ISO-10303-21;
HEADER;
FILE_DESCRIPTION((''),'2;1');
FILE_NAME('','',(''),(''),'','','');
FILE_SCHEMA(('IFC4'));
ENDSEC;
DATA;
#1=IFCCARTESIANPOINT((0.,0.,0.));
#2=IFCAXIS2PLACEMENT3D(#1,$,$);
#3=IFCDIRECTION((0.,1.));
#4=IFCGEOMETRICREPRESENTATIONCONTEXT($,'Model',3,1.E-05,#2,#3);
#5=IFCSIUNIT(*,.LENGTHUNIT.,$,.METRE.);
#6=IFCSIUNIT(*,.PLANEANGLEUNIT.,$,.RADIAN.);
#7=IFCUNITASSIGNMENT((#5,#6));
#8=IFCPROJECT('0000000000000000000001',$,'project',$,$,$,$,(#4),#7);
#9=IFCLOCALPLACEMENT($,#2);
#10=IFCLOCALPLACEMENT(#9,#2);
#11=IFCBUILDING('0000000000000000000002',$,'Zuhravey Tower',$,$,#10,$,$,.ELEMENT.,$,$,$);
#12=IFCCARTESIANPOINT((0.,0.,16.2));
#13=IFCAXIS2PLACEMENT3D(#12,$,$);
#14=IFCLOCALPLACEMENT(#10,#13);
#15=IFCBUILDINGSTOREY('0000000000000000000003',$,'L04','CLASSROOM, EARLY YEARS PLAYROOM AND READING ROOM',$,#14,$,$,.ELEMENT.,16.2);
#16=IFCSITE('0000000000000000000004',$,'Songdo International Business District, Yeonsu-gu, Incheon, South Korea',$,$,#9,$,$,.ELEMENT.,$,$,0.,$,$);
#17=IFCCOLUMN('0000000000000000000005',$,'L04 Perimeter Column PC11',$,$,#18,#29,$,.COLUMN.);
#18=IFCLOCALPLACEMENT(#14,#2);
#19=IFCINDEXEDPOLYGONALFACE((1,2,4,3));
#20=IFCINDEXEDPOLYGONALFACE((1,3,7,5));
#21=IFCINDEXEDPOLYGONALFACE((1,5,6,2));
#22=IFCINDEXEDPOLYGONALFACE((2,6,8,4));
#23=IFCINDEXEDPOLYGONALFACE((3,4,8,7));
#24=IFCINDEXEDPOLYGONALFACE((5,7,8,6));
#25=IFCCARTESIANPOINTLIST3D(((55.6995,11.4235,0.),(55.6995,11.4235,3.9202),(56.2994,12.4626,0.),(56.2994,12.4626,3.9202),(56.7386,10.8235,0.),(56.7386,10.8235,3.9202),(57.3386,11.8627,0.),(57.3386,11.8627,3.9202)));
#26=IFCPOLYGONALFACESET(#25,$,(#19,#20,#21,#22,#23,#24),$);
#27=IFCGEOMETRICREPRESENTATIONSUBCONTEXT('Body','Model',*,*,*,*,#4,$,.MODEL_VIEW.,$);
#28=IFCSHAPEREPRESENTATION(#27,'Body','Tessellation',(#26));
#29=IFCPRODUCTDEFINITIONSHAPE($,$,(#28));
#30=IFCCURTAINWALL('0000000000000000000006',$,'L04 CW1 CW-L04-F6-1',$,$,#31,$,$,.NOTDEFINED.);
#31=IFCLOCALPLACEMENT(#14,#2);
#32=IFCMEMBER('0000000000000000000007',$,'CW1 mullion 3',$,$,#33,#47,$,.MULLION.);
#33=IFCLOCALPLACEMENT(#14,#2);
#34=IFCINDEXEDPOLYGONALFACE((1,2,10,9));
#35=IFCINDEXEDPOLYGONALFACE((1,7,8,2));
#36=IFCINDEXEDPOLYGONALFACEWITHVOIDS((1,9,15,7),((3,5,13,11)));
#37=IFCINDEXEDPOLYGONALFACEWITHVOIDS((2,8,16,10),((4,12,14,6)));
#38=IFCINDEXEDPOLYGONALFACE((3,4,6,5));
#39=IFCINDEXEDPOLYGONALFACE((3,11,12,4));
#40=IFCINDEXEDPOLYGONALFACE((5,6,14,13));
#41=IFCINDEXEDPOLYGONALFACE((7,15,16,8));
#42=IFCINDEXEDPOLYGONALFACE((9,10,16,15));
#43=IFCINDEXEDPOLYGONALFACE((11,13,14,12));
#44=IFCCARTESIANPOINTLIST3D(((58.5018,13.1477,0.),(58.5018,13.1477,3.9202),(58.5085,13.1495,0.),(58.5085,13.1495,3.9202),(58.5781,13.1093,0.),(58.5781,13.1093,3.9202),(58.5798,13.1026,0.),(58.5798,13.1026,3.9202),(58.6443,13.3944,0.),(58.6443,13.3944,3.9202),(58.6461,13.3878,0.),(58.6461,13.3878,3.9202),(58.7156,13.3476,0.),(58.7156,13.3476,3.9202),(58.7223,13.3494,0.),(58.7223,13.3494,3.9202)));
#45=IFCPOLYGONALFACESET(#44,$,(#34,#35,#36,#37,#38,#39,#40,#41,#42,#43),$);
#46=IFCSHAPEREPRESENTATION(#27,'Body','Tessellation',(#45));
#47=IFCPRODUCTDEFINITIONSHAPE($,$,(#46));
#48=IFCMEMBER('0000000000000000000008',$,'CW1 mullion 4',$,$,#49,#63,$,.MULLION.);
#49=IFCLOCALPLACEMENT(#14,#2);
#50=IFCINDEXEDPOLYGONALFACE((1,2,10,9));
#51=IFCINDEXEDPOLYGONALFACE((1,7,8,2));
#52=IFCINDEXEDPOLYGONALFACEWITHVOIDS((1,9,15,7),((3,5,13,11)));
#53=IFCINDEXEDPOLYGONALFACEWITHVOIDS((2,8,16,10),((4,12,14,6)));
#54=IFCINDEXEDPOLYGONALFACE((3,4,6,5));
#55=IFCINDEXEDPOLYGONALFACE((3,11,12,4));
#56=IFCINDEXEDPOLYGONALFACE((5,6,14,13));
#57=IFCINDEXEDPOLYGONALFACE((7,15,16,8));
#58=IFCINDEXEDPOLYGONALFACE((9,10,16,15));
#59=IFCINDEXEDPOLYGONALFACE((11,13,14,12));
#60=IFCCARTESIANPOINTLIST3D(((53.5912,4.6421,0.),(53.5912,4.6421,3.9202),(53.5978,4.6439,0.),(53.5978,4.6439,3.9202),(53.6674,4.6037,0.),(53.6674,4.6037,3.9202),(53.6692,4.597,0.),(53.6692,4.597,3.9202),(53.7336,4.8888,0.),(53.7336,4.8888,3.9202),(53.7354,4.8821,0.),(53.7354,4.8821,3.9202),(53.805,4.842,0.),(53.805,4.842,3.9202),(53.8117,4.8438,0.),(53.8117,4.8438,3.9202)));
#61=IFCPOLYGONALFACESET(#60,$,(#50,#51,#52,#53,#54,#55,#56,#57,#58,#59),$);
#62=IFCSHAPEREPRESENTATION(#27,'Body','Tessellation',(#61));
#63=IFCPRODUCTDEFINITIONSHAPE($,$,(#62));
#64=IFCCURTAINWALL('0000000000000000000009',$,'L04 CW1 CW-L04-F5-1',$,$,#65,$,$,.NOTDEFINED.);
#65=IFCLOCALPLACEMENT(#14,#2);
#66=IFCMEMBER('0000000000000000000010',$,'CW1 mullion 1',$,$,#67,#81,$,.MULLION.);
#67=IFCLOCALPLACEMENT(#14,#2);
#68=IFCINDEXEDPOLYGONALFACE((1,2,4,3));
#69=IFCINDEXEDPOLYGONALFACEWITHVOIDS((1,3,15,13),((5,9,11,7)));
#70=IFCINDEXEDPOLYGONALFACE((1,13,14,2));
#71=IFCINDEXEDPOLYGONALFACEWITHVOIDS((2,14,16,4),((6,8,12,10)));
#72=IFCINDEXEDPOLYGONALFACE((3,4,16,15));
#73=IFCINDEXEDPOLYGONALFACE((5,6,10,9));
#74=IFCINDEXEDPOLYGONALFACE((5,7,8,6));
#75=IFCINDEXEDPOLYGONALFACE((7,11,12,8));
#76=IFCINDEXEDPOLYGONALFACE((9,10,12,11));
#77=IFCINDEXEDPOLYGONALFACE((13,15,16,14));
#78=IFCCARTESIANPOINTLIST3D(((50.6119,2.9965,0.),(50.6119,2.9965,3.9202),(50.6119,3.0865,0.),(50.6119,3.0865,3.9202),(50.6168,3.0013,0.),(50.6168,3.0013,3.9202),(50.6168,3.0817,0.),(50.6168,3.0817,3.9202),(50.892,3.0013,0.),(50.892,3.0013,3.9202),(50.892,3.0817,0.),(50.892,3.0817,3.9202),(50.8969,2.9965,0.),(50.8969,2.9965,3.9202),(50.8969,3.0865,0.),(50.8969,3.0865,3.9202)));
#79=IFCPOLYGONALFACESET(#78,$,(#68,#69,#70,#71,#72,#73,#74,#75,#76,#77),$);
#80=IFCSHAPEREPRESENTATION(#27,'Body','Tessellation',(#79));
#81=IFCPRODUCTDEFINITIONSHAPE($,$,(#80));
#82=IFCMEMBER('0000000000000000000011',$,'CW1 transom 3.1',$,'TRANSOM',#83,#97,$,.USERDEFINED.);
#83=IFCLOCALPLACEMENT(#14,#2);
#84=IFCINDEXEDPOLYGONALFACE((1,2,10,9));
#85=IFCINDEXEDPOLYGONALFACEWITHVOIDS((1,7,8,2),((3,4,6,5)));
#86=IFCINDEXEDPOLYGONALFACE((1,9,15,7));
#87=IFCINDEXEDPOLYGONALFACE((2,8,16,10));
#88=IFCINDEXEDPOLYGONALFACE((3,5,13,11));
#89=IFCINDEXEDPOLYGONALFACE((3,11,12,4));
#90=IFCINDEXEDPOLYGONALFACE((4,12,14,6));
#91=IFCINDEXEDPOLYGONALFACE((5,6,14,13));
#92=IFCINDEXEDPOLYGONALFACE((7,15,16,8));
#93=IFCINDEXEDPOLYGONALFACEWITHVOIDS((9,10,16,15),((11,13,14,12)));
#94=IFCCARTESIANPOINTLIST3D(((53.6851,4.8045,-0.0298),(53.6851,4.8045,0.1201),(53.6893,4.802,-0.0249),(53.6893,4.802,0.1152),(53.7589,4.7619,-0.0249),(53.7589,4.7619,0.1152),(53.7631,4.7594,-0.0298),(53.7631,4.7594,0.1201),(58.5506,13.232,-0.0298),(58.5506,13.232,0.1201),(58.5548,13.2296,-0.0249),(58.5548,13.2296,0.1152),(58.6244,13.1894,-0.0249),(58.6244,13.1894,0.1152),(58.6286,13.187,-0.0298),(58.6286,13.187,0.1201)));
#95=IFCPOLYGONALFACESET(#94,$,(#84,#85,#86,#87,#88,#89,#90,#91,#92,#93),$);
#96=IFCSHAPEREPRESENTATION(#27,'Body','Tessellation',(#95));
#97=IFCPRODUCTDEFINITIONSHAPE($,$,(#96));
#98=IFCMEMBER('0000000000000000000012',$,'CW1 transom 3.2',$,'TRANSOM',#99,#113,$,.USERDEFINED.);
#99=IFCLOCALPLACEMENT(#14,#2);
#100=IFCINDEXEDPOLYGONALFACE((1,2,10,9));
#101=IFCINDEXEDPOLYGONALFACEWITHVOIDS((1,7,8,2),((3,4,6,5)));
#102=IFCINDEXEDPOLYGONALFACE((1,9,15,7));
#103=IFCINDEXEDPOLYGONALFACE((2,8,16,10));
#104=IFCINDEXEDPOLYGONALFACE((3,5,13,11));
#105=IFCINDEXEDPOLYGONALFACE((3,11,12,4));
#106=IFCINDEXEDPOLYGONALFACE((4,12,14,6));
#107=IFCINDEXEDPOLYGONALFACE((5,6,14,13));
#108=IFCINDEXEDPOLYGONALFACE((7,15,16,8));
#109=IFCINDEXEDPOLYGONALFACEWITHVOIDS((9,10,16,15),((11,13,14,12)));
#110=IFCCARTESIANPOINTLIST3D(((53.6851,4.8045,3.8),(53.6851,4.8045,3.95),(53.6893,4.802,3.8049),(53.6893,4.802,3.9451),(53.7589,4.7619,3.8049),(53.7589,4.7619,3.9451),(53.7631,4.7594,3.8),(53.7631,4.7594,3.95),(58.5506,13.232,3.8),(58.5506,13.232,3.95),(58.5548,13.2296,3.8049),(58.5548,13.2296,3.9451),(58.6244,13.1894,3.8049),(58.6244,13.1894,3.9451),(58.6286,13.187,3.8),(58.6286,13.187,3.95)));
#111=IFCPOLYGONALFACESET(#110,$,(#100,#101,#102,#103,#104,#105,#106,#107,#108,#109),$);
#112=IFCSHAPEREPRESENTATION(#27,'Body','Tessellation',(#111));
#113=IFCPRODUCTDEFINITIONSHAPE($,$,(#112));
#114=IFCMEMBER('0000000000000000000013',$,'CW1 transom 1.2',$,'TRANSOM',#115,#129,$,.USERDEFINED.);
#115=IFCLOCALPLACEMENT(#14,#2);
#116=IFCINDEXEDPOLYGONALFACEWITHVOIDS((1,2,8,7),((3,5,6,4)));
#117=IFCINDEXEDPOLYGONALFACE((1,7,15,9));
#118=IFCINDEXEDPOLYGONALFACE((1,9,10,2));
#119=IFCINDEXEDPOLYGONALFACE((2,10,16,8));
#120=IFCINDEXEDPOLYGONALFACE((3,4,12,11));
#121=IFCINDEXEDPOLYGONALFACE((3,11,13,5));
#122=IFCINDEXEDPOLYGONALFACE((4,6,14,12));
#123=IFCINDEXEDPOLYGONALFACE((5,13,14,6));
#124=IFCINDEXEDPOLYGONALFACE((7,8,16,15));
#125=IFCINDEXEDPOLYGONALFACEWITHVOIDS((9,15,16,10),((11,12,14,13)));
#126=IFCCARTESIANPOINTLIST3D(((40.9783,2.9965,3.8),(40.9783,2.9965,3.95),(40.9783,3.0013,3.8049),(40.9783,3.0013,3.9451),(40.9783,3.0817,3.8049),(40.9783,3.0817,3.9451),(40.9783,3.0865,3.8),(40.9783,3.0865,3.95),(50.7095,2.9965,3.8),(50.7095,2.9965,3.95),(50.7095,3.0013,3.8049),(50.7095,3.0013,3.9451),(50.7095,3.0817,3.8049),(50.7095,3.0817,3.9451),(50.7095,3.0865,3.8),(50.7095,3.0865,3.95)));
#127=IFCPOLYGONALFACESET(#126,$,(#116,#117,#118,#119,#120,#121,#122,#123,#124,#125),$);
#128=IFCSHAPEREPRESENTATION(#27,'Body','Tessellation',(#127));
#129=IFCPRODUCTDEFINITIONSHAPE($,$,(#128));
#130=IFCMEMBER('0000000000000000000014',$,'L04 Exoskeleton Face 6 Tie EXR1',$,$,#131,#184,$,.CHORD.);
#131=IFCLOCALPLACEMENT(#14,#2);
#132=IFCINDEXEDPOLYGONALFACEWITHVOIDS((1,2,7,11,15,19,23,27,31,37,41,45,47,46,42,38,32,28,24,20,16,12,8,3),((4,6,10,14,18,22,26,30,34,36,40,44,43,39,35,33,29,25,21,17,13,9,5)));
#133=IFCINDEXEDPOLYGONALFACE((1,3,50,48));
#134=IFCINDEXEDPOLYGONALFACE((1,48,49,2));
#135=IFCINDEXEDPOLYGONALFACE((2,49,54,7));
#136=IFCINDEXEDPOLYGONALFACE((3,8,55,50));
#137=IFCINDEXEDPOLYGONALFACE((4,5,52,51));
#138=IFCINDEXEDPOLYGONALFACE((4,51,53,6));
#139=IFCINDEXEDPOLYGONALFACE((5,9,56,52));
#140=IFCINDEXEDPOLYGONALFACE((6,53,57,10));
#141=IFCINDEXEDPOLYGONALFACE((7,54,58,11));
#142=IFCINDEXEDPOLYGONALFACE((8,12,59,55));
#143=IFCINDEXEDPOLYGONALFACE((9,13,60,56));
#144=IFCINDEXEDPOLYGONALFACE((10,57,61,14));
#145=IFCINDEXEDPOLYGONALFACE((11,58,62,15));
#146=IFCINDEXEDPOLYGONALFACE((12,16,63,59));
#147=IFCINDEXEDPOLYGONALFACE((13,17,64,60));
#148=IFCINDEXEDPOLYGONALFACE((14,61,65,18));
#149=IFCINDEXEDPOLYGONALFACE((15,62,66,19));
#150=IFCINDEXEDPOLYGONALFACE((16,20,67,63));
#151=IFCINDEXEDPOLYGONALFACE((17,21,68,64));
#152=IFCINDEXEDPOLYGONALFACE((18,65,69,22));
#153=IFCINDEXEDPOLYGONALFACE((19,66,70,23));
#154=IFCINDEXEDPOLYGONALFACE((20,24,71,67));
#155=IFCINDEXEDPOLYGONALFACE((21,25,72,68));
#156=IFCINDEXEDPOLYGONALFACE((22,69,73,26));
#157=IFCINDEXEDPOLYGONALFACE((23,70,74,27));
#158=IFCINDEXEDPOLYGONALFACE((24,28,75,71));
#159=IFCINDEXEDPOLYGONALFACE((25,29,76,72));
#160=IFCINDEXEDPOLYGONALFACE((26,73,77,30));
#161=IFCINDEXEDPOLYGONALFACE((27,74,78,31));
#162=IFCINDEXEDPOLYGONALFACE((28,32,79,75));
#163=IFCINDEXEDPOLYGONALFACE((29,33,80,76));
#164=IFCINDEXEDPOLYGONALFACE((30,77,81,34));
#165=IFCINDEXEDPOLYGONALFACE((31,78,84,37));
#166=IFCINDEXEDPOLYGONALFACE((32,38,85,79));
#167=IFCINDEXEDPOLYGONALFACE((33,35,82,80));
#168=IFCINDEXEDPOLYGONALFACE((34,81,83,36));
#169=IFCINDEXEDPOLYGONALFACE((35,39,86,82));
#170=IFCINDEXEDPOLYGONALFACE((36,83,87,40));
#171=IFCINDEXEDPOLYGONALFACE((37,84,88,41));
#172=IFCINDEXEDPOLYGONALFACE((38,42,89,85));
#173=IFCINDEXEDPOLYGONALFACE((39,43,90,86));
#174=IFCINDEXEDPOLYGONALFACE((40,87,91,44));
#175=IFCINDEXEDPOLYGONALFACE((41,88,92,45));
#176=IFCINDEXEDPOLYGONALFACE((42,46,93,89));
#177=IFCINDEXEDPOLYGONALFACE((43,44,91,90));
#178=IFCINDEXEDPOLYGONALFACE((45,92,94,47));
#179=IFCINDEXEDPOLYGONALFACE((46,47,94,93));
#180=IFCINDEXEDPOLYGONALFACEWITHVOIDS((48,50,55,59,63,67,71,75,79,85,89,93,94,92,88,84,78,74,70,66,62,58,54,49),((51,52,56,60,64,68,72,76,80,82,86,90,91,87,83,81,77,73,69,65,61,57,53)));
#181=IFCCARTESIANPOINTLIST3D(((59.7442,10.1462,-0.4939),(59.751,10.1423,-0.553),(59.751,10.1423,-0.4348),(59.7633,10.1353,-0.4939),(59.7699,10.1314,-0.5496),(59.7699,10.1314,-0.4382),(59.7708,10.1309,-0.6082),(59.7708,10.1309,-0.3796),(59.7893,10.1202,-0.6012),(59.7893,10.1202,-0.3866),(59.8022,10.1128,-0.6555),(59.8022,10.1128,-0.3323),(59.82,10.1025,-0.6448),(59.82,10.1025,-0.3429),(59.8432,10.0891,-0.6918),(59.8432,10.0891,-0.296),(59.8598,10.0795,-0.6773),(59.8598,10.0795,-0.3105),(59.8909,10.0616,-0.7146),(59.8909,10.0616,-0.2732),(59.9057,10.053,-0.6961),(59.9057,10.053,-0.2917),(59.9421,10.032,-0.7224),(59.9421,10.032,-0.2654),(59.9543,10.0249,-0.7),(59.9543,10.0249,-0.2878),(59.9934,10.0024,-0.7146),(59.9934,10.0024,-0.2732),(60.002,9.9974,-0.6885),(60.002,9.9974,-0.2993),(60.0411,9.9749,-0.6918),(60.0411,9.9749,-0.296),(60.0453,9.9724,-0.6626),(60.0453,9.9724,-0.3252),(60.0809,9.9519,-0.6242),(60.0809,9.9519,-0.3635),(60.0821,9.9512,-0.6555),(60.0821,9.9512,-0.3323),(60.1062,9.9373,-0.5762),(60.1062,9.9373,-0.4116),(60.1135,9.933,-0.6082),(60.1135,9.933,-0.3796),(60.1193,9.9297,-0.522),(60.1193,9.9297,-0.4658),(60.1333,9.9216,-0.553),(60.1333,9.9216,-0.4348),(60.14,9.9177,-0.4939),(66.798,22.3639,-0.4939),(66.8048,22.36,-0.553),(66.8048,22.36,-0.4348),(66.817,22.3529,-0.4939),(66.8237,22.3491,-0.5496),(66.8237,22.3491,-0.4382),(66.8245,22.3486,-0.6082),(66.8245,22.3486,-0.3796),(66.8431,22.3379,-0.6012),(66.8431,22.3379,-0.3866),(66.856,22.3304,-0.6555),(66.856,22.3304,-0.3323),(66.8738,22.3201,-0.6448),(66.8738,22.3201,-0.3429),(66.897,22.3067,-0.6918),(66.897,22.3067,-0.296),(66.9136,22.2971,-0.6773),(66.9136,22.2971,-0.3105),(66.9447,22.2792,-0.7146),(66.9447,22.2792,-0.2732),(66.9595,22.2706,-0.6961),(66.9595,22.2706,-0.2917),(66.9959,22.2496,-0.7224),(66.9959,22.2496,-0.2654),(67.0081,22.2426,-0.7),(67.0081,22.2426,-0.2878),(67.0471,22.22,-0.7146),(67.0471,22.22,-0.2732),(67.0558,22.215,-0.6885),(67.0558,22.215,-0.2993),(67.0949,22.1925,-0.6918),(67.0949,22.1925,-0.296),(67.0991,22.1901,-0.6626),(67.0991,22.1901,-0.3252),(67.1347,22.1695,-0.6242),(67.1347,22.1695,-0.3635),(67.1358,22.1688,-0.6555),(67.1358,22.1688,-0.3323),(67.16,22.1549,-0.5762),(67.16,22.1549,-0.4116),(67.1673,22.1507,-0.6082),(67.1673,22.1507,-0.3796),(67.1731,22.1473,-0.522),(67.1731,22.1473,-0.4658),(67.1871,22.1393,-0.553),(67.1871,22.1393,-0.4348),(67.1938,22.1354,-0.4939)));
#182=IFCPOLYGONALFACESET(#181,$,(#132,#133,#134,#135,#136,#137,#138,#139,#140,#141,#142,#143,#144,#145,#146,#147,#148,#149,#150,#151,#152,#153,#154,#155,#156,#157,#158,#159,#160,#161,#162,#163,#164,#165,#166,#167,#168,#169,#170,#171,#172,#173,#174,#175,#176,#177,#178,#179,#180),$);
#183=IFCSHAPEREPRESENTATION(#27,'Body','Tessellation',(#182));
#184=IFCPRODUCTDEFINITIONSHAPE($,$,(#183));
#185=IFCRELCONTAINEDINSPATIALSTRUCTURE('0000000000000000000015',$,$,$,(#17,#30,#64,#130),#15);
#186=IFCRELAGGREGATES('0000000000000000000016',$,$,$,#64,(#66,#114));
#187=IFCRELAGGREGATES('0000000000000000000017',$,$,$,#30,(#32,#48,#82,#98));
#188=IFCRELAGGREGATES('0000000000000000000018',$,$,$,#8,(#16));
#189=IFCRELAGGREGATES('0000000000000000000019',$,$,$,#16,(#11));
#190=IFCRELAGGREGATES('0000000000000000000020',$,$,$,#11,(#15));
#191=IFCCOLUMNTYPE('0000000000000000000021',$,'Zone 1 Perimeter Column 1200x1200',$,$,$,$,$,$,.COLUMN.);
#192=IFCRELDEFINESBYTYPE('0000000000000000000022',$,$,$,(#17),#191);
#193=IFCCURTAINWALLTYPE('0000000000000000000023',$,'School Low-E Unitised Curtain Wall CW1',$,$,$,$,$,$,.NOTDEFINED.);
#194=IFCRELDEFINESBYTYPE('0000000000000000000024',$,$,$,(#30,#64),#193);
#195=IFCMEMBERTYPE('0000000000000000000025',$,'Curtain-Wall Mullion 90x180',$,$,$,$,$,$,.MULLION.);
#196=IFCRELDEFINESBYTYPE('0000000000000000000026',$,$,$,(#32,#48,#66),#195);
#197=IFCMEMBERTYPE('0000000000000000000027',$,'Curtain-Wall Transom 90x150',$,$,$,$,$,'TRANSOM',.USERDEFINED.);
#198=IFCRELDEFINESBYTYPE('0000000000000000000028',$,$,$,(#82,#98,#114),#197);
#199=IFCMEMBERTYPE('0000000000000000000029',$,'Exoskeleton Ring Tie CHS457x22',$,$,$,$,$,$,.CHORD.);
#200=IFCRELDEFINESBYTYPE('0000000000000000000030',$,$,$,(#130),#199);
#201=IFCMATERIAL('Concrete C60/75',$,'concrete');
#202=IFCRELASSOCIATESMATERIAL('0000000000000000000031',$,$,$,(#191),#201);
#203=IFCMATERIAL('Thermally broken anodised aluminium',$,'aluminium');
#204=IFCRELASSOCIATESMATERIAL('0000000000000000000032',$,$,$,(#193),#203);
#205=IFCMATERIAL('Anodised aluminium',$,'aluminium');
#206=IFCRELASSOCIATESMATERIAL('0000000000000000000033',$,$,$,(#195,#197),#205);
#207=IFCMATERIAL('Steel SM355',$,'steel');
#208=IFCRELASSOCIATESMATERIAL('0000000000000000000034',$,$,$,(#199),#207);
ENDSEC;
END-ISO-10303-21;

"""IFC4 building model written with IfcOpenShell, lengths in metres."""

from ifc_helpers import new_model, si_unit, direction, frame, origin, origin_2d, place, context, subcontext, project, spatial, rectangle, hollow_rectangle, hollow_circle, extrude, material, material_profile, profile_set, type_object, element, aggregate, save


model = new_model("IFC4")

# Units and contexts
model_context = context("Model", 3, precision=1e-05, world=origin(), true_north=direction((0.0, 1.0)))
body_context = subcontext(model_context, "Body", "Model", "MODEL_VIEW")
ifc_project = project(units=[si_unit("LENGTHUNIT", "METRE"), si_unit("PLANEANGLEUNIT", "RADIAN")], contexts=[model_context])

# Site, building, storey
site_placement = place(None, origin())
site = spatial("IfcSite", under=ifc_project, at=site_placement, Name="Songdo International Business District, Yeonsu-gu, Incheon, South Korea", CompositionType="ELEMENT", RefElevation=0.0)
building_placement = place(site_placement, origin())
building = spatial("IfcBuilding", under=site, at=building_placement, Name="Zuhravey Tower", CompositionType="ELEMENT")
storey_placement = place(building_placement, frame((0.0, 0.0, 16.2)))
storey = spatial("IfcBuildingStorey", under=building, at=storey_placement, Name="L04", Description="CLASSROOM, EARLY YEARS PLAYROOM AND READING ROOM", CompositionType="ELEMENT", Elevation=16.2)

# Column
ifc_material_1 = material(Name="Concrete C60/75", Category="concrete")
ifc_material_profile_1 = material_profile(ifc_material_1, rectangle(XDim=1.2, YDim=1.2, at=origin_2d()), Name="RC-1200x1200")
ifc_profile_set_1 = profile_set([ifc_material_profile_1], Name="Concrete C60/75")
column_type = type_object("IfcColumnType", Name="Zone 1 Perimeter Column 1200x1200", PredefinedType="COLUMN", material=ifc_profile_set_1)
column_placement = place(storey_placement, frame((56.519, 11.6431, 0.0), z_axis=(0.0, 0.0, 1.0), x_axis=(0.5, 0.866025, 0.0)))
element("IfcColumn", 1, at=column_placement, inside=storey, type_object=column_type, Name="L04 Perimeter Column PC11", PredefinedType="COLUMN", context=body_context, shape_type="SweptSolid", body=[
    extrude(rectangle(XDim=1.2, YDim=1.2, at=origin_2d()), origin(), (0.0, 0.0, 1.0), 3.9202),
])

# Curtain wall, members
ifc_material_2 = material(Name="Thermally broken anodised aluminium", Category="aluminium")
curtain_wall_type = type_object("IfcCurtainWallType", Name="School Low-E Unitised Curtain Wall CW1", PredefinedType="NOTDEFINED", material=ifc_material_2)
curtain_wall_1_placement = place(storey_placement, origin())
curtain_wall_1 = element("IfcCurtainWall", 2, at=curtain_wall_1_placement, inside=storey, type_object=curtain_wall_type, Name="L04 CW1 CW-L04-F6-1", PredefinedType="NOTDEFINED")
ifc_material_3 = material(Name="Anodised aluminium", Category="aluminium")
ifc_material_profile_2 = material_profile(ifc_material_3, hollow_rectangle(XDim=0.0901, YDim=0.2849, WallThickness=0.0049, at=origin_2d()), Name="ALU-RHS-90x285x5")
ifc_profile_set_2 = profile_set([ifc_material_profile_2], Name="Anodised aluminium")
member_type_1 = type_object("IfcMemberType", Name="Curtain-Wall Mullion 90x180", PredefinedType="MULLION", material=ifc_profile_set_2)
member_1_placement = place(storey_placement, frame((58.6121, 13.2485, 0.0), z_axis=(0.0, 0.0, 1.0), x_axis=(0.866026, -0.5, 0.0)))
member_1 = element("IfcMember", 3, at=member_1_placement, type_object=member_type_1, Name="CW1 mullion 3", PredefinedType="MULLION", context=body_context, shape_type="SweptSolid", body=[
    extrude(hollow_rectangle(XDim=0.0901, YDim=0.2849, WallThickness=0.0049, at=origin_2d()), origin(), (0.0, 0.0, 1.0), 3.9202),
])
member_2_placement = place(storey_placement, frame((53.7014, 4.7429, 0.0), z_axis=(0.0, 0.0, 1.0), x_axis=(0.866026, -0.5, 0.0)))
member_2 = element("IfcMember", 4, at=member_2_placement, type_object=member_type_1, Name="CW1 mullion 4", PredefinedType="MULLION", context=body_context, shape_type="SweptSolid", body=[
    extrude(hollow_rectangle(XDim=0.0901, YDim=0.2849, WallThickness=0.0049, at=origin_2d()), origin(), (0.0, 0.0, 1.0), 3.9202),
])

# Curtain wall, member
curtain_wall_2_placement = place(storey_placement, origin())
curtain_wall_2 = element("IfcCurtainWall", 5, at=curtain_wall_2_placement, inside=storey, type_object=curtain_wall_type, Name="L04 CW1 CW-L04-F5-1", PredefinedType="NOTDEFINED")
member_3_placement = place(storey_placement, frame((50.7544, 3.0415, 0.0), z_axis=(0.0, 0.0, 1.0), x_axis=(0.0, -1.0, 0.0)))
member_3 = element("IfcMember", 6, at=member_3_placement, type_object=member_type_1, Name="CW1 mullion 1", PredefinedType="MULLION", context=body_context, shape_type="SweptSolid", body=[
    extrude(hollow_rectangle(XDim=0.0901, YDim=0.2849, WallThickness=0.0049, at=origin_2d()), origin(), (0.0, 0.0, 1.0), 3.9202),
])

# Members
ifc_material_profile_3 = material_profile(ifc_material_3, hollow_rectangle(XDim=0.0901, YDim=0.1499, WallThickness=0.0049, at=origin_2d()), Name="ALU-RHS-90x150x5")
ifc_profile_set_3 = profile_set([ifc_material_profile_3], Name="Anodised aluminium")
member_type_2 = type_object("IfcMemberType", Name="Curtain-Wall Transom 90x150", ElementType="TRANSOM", PredefinedType="USERDEFINED", material=ifc_profile_set_3)
member_4_placement = place(storey_placement, frame((58.5896, 13.2095, 0.0452), z_axis=(-0.49999, -0.866031, 0.0), x_axis=(0.866031, -0.49999, 0.0)))
member_4 = element("IfcMember", 7, at=member_4_placement, type_object=member_type_2, Name="CW1 transom 3.1", ObjectType="TRANSOM", PredefinedType="USERDEFINED", context=body_context, shape_type="SweptSolid", body=[
    extrude(hollow_rectangle(XDim=0.0901, YDim=0.1499, WallThickness=0.0049, at=origin_2d()), origin(), (0.0, 0.0, 1.0), 9.7312),
])
member_5_placement = place(storey_placement, frame((58.5896, 13.2095, 3.875), z_axis=(-0.49999, -0.866031, 0.0), x_axis=(0.866031, -0.49999, 0.0)))
member_5 = element("IfcMember", 8, at=member_5_placement, type_object=member_type_2, Name="CW1 transom 3.2", ObjectType="TRANSOM", PredefinedType="USERDEFINED", context=body_context, shape_type="SweptSolid", body=[
    extrude(hollow_rectangle(XDim=0.0901, YDim=0.1499, WallThickness=0.0049, at=origin_2d()), origin(), (0.0, 0.0, 1.0), 9.7312),
])
member_6_placement = place(storey_placement, frame((50.7095, 3.0415, 3.875), z_axis=(-1.0, 0.0, 0.0), x_axis=(0.0, -1.0, 0.0)))
member_6 = element("IfcMember", 9, at=member_6_placement, type_object=member_type_2, Name="CW1 transom 1.2", ObjectType="TRANSOM", PredefinedType="USERDEFINED", context=body_context, shape_type="SweptSolid", body=[
    extrude(hollow_rectangle(XDim=0.0901, YDim=0.1499, WallThickness=0.0049, at=origin_2d()), origin(), (0.0, 0.0, 1.0), 9.7312),
])
aggregate(curtain_wall_2, [member_3, member_6])

# Member
ifc_material_4 = material(Name="Steel SM355", Category="steel")
ifc_material_profile_4 = material_profile(ifc_material_4, hollow_circle(Radius=0.2285, WallThickness=0.022, at=origin_2d()), Name="CHS-457.2x22")
ifc_profile_set_4 = profile_set([ifc_material_profile_4], Name="Steel SM355")
member_type_3 = type_object("IfcMemberType", Name="Exoskeleton Ring Tie CHS457x22", PredefinedType="CHORD", material=ifc_profile_set_4)
member_7_placement = place(storey_placement, frame((59.9421, 10.032, -0.4939), z_axis=(0.499996, 0.866028, 0.0), x_axis=(-0.866028, 0.499996, 0.0)))
element("IfcMember", 10, at=member_7_placement, inside=storey, type_object=member_type_3, Name="L04 Exoskeleton Face 6 Tie EXR1", PredefinedType="CHORD", context=body_context, shape_type="SweptSolid", body=[
    extrude(hollow_circle(Radius=0.2285, WallThickness=0.022, at=origin_2d()), origin(), (0.0, 0.0, 1.0), 14.1077),
])

aggregate(curtain_wall_1, [member_1, member_2, member_4, member_5])

save(model, "model.ifc")
